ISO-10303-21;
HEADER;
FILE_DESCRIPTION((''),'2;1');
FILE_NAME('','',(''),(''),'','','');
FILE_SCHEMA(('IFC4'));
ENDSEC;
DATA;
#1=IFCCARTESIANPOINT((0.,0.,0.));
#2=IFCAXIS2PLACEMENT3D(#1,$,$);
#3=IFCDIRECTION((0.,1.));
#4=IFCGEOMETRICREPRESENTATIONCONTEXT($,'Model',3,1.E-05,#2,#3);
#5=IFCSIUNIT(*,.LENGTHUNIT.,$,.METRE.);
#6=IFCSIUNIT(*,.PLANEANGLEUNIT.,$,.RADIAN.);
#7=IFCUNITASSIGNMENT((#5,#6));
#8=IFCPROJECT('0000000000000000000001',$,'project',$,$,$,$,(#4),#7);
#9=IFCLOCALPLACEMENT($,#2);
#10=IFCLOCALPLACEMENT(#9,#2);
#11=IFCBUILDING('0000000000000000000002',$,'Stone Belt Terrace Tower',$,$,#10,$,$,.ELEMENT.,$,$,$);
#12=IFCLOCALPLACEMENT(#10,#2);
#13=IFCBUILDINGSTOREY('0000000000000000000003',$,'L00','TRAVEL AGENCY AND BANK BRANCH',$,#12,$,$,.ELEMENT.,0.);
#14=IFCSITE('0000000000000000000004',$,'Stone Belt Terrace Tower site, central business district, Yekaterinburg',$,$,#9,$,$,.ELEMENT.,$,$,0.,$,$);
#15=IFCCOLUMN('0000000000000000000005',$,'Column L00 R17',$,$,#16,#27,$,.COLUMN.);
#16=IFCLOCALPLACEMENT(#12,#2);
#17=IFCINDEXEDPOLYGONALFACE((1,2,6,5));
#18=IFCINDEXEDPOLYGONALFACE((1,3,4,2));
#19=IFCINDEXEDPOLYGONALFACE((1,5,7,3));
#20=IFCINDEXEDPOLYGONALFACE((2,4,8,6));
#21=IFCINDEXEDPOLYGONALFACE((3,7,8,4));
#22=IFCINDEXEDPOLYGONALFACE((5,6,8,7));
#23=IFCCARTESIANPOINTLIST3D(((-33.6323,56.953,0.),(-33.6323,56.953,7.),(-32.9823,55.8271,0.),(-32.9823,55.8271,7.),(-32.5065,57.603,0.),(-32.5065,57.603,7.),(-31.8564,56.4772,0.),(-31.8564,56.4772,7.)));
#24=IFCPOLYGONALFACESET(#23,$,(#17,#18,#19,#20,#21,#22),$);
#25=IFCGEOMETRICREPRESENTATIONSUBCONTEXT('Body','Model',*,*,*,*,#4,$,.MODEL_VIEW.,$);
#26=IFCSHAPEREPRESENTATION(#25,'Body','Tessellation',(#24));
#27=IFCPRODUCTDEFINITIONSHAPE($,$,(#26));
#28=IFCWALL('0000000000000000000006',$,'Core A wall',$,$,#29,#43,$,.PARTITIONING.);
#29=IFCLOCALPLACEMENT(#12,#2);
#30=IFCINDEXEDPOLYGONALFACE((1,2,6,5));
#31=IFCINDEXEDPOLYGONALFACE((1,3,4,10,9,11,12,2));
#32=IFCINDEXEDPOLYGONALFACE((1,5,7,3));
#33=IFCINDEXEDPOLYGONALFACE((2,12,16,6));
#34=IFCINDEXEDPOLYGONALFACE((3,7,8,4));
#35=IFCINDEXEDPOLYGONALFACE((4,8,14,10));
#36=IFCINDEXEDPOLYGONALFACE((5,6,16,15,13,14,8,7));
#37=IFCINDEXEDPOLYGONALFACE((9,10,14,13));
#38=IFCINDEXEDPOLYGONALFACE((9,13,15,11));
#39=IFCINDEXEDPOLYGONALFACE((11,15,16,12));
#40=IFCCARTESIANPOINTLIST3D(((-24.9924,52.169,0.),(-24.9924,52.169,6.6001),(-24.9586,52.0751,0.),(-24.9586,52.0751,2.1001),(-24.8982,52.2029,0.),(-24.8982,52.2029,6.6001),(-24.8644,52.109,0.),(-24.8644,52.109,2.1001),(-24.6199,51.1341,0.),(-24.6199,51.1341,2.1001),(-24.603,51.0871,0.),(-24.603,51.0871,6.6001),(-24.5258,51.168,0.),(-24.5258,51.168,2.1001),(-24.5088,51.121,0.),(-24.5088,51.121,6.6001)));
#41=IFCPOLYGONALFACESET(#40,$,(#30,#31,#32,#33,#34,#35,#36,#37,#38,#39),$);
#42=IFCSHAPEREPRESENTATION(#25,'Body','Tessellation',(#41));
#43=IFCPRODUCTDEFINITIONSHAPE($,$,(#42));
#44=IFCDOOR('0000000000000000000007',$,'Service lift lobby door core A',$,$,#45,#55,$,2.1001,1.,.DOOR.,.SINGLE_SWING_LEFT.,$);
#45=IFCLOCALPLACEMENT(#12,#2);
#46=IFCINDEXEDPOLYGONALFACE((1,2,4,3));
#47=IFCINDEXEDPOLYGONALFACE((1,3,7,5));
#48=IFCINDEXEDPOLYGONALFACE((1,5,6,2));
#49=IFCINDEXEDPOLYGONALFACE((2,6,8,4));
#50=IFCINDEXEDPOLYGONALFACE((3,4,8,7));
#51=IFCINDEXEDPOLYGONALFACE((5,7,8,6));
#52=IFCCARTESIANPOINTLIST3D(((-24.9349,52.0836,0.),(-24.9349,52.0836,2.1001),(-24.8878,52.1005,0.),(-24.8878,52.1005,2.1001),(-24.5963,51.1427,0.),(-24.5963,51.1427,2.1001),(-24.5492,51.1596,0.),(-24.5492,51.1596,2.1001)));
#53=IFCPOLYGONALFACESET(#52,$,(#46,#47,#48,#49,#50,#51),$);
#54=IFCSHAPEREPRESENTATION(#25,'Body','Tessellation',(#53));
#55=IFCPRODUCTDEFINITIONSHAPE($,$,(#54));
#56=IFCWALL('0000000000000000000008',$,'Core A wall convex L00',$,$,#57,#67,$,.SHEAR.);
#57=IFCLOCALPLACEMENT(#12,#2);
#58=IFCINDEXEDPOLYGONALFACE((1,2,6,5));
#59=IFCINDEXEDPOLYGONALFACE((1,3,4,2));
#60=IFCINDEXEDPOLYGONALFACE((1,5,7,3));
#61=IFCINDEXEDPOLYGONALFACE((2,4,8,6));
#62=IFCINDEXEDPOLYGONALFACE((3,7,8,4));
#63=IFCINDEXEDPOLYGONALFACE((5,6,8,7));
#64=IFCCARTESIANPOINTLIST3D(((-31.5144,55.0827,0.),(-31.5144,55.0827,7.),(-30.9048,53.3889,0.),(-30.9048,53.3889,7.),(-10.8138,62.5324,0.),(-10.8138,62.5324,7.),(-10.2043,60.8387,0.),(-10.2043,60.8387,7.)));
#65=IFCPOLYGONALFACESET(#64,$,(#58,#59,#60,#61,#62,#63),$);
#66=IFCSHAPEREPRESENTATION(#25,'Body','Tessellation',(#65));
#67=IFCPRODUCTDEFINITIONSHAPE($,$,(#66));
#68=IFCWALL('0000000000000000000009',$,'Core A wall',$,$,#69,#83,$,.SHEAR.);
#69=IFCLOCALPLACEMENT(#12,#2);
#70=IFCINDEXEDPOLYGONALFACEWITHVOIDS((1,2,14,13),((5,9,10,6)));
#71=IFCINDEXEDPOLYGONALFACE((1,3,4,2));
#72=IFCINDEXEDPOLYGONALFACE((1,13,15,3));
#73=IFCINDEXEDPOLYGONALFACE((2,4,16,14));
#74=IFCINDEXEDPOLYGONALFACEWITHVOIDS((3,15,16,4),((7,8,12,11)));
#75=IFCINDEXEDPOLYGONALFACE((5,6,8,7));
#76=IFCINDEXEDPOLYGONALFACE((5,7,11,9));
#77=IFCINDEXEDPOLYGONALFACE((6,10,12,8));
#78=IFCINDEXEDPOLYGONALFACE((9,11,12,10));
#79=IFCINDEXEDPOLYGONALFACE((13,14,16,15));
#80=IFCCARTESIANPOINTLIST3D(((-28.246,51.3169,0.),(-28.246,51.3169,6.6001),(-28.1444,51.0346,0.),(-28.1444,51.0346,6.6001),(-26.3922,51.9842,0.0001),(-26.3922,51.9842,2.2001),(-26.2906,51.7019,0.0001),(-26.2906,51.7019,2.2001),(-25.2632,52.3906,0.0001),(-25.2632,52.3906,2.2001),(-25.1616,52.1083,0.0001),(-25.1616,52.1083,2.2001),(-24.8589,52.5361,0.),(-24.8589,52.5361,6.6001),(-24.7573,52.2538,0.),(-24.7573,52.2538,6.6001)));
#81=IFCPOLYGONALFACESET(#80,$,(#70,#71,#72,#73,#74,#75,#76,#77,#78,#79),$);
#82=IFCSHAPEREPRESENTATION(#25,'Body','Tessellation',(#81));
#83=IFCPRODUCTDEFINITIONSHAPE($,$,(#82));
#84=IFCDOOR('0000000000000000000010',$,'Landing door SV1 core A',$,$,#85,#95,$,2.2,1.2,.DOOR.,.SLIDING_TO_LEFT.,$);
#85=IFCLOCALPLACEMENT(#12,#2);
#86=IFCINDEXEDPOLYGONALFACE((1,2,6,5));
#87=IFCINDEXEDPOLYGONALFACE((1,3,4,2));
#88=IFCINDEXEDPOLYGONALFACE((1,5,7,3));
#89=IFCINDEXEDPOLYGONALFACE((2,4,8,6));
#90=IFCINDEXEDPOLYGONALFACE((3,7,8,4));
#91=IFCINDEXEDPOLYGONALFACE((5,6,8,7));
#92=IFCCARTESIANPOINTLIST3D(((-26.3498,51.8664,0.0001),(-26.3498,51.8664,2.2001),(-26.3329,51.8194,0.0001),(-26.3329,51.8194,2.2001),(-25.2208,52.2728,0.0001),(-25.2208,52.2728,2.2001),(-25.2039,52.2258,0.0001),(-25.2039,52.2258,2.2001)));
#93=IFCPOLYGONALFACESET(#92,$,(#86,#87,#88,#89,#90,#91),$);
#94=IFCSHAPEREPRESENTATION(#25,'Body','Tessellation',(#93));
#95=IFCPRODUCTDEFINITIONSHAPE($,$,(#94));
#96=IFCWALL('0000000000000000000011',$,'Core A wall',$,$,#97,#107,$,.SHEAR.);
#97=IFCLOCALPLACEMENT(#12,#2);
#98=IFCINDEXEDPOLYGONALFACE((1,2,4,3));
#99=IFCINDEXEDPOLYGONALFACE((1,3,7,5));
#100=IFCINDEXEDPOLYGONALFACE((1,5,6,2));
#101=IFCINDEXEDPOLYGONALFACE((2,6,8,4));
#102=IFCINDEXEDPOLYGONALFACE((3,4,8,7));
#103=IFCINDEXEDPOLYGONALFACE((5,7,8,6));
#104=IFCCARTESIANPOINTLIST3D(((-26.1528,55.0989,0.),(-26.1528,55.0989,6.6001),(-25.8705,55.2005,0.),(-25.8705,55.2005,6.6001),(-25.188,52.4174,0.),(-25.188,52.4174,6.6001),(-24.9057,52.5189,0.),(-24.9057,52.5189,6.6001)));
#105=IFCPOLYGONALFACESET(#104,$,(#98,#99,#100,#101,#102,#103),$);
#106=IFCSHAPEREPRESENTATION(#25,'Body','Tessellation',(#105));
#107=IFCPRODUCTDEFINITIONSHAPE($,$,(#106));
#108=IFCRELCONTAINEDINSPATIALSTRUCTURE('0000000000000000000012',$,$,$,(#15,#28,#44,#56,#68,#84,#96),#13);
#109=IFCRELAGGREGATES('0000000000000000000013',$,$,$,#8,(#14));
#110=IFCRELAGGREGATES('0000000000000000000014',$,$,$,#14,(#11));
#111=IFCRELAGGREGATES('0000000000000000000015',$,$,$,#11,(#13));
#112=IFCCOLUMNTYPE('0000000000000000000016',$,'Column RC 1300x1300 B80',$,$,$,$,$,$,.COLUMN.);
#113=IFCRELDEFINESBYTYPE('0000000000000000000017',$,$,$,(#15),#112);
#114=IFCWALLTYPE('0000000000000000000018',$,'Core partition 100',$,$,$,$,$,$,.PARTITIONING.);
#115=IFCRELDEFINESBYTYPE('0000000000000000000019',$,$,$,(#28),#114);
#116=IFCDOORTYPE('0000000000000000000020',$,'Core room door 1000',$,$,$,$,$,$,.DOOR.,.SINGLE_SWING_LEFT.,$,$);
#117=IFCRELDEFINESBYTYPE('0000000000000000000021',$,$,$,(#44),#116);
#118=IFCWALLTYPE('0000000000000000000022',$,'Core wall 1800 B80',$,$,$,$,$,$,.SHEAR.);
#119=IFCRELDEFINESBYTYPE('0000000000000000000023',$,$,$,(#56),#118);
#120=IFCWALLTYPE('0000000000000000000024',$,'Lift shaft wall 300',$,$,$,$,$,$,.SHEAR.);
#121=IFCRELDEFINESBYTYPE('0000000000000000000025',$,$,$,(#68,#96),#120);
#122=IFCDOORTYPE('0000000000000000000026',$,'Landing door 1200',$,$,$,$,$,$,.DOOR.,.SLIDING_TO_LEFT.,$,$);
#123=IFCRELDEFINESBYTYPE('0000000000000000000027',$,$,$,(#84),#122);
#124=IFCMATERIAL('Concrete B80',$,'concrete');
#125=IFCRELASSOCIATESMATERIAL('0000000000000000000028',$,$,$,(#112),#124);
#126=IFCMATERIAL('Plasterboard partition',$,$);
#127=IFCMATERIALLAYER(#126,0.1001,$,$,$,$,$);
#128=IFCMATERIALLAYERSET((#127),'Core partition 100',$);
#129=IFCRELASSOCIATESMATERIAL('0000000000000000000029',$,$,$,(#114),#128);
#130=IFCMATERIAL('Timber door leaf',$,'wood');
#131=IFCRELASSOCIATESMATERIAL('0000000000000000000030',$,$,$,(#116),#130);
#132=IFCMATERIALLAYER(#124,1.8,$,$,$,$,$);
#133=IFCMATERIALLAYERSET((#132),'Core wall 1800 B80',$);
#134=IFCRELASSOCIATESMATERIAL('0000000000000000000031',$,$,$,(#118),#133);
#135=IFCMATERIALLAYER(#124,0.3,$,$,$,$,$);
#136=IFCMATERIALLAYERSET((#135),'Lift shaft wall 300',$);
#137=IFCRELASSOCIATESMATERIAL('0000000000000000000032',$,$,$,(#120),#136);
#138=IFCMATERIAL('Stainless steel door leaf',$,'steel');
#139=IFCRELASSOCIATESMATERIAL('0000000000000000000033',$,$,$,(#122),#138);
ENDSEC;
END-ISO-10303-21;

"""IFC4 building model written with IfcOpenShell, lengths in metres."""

from ifc_helpers import new_model, si_unit, direction, frame, frame_2d, origin, origin_2d, place, context, subcontext, project, spatial, rectangle, extrude, material, layer, layer_set, material_profile, profile_set, type_object, element, fill, save


model = new_model("IFC4")

# Units and contexts
model_context = context("Model", 3, precision=1e-05, world=origin(), true_north=direction((0.0, 1.0)))
body_context = subcontext(model_context, "Body", "Model", "MODEL_VIEW")
ifc_project = project(units=[si_unit("LENGTHUNIT", "METRE"), si_unit("PLANEANGLEUNIT", "RADIAN")], contexts=[model_context])

# Site, building, storey
site_placement = place(None, origin())
site = spatial("IfcSite", under=ifc_project, at=site_placement, Name="Stone Belt Terrace Tower site, central business district, Yekaterinburg", CompositionType="ELEMENT", RefElevation=0.0)
building_placement = place(site_placement, origin())
building = spatial("IfcBuilding", under=site, at=building_placement, Name="Stone Belt Terrace Tower", CompositionType="ELEMENT")
storey_placement = place(building_placement, origin())
storey = spatial("IfcBuildingStorey", under=building, at=storey_placement, Name="L00", Description="TRAVEL AGENCY AND BANK BRANCH", CompositionType="ELEMENT", Elevation=0.0)

# Column
ifc_material_1 = material(Name="Concrete B80", Category="concrete")
ifc_material_profile = material_profile(ifc_material_1, rectangle(XDim=1.3, YDim=1.3, at=origin_2d()), Name="RC 1300x1300")
ifc_profile_set = profile_set([ifc_material_profile], Name="Concrete B80")
column_type = type_object("IfcColumnType", Name="Column RC 1300x1300 B80", PredefinedType="COLUMN", material=ifc_profile_set)
column_placement = place(storey_placement, frame((-32.7444, 56.7151, 0.0), z_axis=(0.0, 0.0, 1.0), x_axis=(0.866025, 0.5, 0.0)))
element("IfcColumn", 1, at=column_placement, inside=storey, type_object=column_type, Name="Column L00 R17", PredefinedType="COLUMN", context=body_context, shape_type="SweptSolid", body=[
    extrude(rectangle(XDim=1.3, YDim=1.3, at=origin_2d()), origin(), (0.0, 0.0, 1.0), 7.0),
])

# Wall, opening, door
ifc_material_2 = material(Name="Plasterboard partition")
ifc_layer_1 = layer(ifc_material_2, 0.1001)
ifc_layer_set_1 = layer_set([ifc_layer_1], Name="Core partition 100")
wall_type_1 = type_object("IfcWallType", Name="Core partition 100", PredefinedType="PARTITIONING", material=ifc_layer_set_1)
wall_1_placement = place(storey_placement, frame((-24.5559, 51.104, 0.0), z_axis=(0.0, 0.0, 1.0), x_axis=(-0.338622, 0.940923, 0.0)))
wall_1 = element("IfcWall", 2, at=wall_1_placement, inside=storey, type_object=wall_type_1, Name="Core A wall", PredefinedType="PARTITIONING", context=body_context, shape_type="SweptSolid", body=[
    extrude(rectangle(XDim=1.1499, YDim=0.1001, at=frame_2d((0.575, 0.0))), origin(), (0.0, 0.0, 1.0), 6.6001),
])
opening_1_placement = place(wall_1_placement, frame((0.05, 0.0, 0.0)))
opening_1 = element("IfcOpeningElement", 3, at=opening_1_placement, cuts=wall_1, PredefinedType="OPENING", context=body_context, shape_type="SweptSolid", body=[
    extrude(rectangle(XDim=1.0, YDim=2.1001, at=frame_2d((0.5, 1.05))), frame((0.0, 0.0601, 0.0), z_axis=(0.0, -1.0, 0.0), x_axis=(1.0, 0.0, 0.0)), (0.0, 0.0, 1.0), 0.1201),
])
ifc_material_3 = material(Name="Timber door leaf", Category="wood")
door_type_1 = type_object("IfcDoorType", Name="Core room door 1000", OperationType="SINGLE_SWING_LEFT", PredefinedType="DOOR", material=ifc_material_3)
door_1_placement = place(opening_1_placement, origin())
door_1 = element("IfcDoor", 4, at=door_1_placement, inside=storey, type_object=door_type_1, Name="Service lift lobby door core A", OperationType="SINGLE_SWING_LEFT", OverallHeight=2.1001, OverallWidth=1.0, PredefinedType="DOOR", context=body_context, shape_type="SweptSolid", body=[
    extrude(rectangle(XDim=1.0, YDim=2.1001, at=frame_2d((0.5, 1.05))), frame((0.0, 0.0249, 0.0), z_axis=(0.0, -1.0, 0.0), x_axis=(1.0, 0.0, 0.0)), (0.0, 0.0, 1.0), 0.05),
])
fill(opening_1, door_1)

# Wall
ifc_layer_2 = layer(ifc_material_1, 1.8)
ifc_layer_set_2 = layer_set([ifc_layer_2], Name="Core wall 1800 B80")
wall_type_2 = type_object("IfcWallType", Name="Core wall 1800 B80", PredefinedType="SHEAR", material=ifc_layer_set_2)
wall_2_placement = place(storey_placement, frame((-31.2095, 54.2358, 0.0), z_axis=(0.0, 0.0, 1.0), x_axis=(0.940923, 0.338621, 0.0)))
element("IfcWall", 5, at=wall_2_placement, inside=storey, type_object=wall_type_2, Name="Core A wall convex L00", PredefinedType="SHEAR", context=body_context, shape_type="SweptSolid", body=[
    extrude(rectangle(XDim=22.0002, YDim=1.8, at=frame_2d((11.0, 0.0))), origin(), (0.0, 0.0, 1.0), 7.0),
])

# Wall, opening, door
ifc_layer_3 = layer(ifc_material_1, 0.3)
ifc_layer_set_3 = layer_set([ifc_layer_3], Name="Lift shaft wall 300")
wall_type_3 = type_object("IfcWallType", Name="Lift shaft wall 300", PredefinedType="SHEAR", material=ifc_layer_set_3)
wall_3_placement = place(storey_placement, frame((-28.1951, 51.1758, 0.0), z_axis=(0.0, 0.0, 1.0), x_axis=(0.940901, 0.338681, 0.0)))
wall_3 = element("IfcWall", 6, at=wall_3_placement, inside=storey, type_object=wall_type_3, Name="Core A wall", PredefinedType="SHEAR", context=body_context, shape_type="SweptSolid", body=[
    extrude(rectangle(XDim=3.5999, YDim=0.3, at=frame_2d((1.7998, 0.0))), origin(), (0.0, 0.0, 1.0), 6.6001),
])
opening_2_placement = place(wall_3_placement, frame((1.97, 0.0, 0.0)))
opening_2 = element("IfcOpeningElement", 7, at=opening_2_placement, cuts=wall_3, PredefinedType="OPENING", context=body_context, shape_type="SweptSolid", body=[
    extrude(rectangle(XDim=1.2, YDim=2.2, at=frame_2d((0.6001, 1.1001))), frame((0.0, 0.1599, 0.0), z_axis=(0.0, -1.0, 0.0), x_axis=(1.0, 0.0, 0.0)), (0.0, 0.0, 1.0), 0.3201),
])
ifc_material_4 = material(Name="Stainless steel door leaf", Category="steel")
door_type_2 = type_object("IfcDoorType", Name="Landing door 1200", OperationType="SLIDING_TO_LEFT", PredefinedType="DOOR", material=ifc_material_4)
door_2_placement = place(opening_2_placement, origin())
door_2 = element("IfcDoor", 8, at=door_2_placement, inside=storey, type_object=door_type_2, Name="Landing door SV1 core A", OperationType="SLIDING_TO_LEFT", OverallHeight=2.2, OverallWidth=1.2, PredefinedType="DOOR", context=body_context, shape_type="SweptSolid", body=[
    extrude(rectangle(XDim=1.2, YDim=2.2, at=frame_2d((0.6001, 1.1001))), frame((0.0, 0.0249, 0.0), z_axis=(0.0, -1.0, 0.0), x_axis=(1.0, 0.0, 0.0)), (0.0, 0.0, 1.0), 0.05),
])
fill(opening_2, door_2)

# Wall
wall_4_placement = place(storey_placement, frame((-25.0469, 52.4683, 0.0), z_axis=(0.0, 0.0, 1.0), x_axis=(-0.33855, 0.940949, 0.0)))
element("IfcWall", 9, at=wall_4_placement, inside=storey, type_object=wall_type_3, Name="Core A wall", PredefinedType="SHEAR", context=body_context, shape_type="SweptSolid", body=[
    extrude(rectangle(XDim=2.8499, YDim=0.3, at=frame_2d((1.4248, 0.0))), origin(), (0.0, 0.0, 1.0), 6.6001),
])

save(model, "model.ifc")
